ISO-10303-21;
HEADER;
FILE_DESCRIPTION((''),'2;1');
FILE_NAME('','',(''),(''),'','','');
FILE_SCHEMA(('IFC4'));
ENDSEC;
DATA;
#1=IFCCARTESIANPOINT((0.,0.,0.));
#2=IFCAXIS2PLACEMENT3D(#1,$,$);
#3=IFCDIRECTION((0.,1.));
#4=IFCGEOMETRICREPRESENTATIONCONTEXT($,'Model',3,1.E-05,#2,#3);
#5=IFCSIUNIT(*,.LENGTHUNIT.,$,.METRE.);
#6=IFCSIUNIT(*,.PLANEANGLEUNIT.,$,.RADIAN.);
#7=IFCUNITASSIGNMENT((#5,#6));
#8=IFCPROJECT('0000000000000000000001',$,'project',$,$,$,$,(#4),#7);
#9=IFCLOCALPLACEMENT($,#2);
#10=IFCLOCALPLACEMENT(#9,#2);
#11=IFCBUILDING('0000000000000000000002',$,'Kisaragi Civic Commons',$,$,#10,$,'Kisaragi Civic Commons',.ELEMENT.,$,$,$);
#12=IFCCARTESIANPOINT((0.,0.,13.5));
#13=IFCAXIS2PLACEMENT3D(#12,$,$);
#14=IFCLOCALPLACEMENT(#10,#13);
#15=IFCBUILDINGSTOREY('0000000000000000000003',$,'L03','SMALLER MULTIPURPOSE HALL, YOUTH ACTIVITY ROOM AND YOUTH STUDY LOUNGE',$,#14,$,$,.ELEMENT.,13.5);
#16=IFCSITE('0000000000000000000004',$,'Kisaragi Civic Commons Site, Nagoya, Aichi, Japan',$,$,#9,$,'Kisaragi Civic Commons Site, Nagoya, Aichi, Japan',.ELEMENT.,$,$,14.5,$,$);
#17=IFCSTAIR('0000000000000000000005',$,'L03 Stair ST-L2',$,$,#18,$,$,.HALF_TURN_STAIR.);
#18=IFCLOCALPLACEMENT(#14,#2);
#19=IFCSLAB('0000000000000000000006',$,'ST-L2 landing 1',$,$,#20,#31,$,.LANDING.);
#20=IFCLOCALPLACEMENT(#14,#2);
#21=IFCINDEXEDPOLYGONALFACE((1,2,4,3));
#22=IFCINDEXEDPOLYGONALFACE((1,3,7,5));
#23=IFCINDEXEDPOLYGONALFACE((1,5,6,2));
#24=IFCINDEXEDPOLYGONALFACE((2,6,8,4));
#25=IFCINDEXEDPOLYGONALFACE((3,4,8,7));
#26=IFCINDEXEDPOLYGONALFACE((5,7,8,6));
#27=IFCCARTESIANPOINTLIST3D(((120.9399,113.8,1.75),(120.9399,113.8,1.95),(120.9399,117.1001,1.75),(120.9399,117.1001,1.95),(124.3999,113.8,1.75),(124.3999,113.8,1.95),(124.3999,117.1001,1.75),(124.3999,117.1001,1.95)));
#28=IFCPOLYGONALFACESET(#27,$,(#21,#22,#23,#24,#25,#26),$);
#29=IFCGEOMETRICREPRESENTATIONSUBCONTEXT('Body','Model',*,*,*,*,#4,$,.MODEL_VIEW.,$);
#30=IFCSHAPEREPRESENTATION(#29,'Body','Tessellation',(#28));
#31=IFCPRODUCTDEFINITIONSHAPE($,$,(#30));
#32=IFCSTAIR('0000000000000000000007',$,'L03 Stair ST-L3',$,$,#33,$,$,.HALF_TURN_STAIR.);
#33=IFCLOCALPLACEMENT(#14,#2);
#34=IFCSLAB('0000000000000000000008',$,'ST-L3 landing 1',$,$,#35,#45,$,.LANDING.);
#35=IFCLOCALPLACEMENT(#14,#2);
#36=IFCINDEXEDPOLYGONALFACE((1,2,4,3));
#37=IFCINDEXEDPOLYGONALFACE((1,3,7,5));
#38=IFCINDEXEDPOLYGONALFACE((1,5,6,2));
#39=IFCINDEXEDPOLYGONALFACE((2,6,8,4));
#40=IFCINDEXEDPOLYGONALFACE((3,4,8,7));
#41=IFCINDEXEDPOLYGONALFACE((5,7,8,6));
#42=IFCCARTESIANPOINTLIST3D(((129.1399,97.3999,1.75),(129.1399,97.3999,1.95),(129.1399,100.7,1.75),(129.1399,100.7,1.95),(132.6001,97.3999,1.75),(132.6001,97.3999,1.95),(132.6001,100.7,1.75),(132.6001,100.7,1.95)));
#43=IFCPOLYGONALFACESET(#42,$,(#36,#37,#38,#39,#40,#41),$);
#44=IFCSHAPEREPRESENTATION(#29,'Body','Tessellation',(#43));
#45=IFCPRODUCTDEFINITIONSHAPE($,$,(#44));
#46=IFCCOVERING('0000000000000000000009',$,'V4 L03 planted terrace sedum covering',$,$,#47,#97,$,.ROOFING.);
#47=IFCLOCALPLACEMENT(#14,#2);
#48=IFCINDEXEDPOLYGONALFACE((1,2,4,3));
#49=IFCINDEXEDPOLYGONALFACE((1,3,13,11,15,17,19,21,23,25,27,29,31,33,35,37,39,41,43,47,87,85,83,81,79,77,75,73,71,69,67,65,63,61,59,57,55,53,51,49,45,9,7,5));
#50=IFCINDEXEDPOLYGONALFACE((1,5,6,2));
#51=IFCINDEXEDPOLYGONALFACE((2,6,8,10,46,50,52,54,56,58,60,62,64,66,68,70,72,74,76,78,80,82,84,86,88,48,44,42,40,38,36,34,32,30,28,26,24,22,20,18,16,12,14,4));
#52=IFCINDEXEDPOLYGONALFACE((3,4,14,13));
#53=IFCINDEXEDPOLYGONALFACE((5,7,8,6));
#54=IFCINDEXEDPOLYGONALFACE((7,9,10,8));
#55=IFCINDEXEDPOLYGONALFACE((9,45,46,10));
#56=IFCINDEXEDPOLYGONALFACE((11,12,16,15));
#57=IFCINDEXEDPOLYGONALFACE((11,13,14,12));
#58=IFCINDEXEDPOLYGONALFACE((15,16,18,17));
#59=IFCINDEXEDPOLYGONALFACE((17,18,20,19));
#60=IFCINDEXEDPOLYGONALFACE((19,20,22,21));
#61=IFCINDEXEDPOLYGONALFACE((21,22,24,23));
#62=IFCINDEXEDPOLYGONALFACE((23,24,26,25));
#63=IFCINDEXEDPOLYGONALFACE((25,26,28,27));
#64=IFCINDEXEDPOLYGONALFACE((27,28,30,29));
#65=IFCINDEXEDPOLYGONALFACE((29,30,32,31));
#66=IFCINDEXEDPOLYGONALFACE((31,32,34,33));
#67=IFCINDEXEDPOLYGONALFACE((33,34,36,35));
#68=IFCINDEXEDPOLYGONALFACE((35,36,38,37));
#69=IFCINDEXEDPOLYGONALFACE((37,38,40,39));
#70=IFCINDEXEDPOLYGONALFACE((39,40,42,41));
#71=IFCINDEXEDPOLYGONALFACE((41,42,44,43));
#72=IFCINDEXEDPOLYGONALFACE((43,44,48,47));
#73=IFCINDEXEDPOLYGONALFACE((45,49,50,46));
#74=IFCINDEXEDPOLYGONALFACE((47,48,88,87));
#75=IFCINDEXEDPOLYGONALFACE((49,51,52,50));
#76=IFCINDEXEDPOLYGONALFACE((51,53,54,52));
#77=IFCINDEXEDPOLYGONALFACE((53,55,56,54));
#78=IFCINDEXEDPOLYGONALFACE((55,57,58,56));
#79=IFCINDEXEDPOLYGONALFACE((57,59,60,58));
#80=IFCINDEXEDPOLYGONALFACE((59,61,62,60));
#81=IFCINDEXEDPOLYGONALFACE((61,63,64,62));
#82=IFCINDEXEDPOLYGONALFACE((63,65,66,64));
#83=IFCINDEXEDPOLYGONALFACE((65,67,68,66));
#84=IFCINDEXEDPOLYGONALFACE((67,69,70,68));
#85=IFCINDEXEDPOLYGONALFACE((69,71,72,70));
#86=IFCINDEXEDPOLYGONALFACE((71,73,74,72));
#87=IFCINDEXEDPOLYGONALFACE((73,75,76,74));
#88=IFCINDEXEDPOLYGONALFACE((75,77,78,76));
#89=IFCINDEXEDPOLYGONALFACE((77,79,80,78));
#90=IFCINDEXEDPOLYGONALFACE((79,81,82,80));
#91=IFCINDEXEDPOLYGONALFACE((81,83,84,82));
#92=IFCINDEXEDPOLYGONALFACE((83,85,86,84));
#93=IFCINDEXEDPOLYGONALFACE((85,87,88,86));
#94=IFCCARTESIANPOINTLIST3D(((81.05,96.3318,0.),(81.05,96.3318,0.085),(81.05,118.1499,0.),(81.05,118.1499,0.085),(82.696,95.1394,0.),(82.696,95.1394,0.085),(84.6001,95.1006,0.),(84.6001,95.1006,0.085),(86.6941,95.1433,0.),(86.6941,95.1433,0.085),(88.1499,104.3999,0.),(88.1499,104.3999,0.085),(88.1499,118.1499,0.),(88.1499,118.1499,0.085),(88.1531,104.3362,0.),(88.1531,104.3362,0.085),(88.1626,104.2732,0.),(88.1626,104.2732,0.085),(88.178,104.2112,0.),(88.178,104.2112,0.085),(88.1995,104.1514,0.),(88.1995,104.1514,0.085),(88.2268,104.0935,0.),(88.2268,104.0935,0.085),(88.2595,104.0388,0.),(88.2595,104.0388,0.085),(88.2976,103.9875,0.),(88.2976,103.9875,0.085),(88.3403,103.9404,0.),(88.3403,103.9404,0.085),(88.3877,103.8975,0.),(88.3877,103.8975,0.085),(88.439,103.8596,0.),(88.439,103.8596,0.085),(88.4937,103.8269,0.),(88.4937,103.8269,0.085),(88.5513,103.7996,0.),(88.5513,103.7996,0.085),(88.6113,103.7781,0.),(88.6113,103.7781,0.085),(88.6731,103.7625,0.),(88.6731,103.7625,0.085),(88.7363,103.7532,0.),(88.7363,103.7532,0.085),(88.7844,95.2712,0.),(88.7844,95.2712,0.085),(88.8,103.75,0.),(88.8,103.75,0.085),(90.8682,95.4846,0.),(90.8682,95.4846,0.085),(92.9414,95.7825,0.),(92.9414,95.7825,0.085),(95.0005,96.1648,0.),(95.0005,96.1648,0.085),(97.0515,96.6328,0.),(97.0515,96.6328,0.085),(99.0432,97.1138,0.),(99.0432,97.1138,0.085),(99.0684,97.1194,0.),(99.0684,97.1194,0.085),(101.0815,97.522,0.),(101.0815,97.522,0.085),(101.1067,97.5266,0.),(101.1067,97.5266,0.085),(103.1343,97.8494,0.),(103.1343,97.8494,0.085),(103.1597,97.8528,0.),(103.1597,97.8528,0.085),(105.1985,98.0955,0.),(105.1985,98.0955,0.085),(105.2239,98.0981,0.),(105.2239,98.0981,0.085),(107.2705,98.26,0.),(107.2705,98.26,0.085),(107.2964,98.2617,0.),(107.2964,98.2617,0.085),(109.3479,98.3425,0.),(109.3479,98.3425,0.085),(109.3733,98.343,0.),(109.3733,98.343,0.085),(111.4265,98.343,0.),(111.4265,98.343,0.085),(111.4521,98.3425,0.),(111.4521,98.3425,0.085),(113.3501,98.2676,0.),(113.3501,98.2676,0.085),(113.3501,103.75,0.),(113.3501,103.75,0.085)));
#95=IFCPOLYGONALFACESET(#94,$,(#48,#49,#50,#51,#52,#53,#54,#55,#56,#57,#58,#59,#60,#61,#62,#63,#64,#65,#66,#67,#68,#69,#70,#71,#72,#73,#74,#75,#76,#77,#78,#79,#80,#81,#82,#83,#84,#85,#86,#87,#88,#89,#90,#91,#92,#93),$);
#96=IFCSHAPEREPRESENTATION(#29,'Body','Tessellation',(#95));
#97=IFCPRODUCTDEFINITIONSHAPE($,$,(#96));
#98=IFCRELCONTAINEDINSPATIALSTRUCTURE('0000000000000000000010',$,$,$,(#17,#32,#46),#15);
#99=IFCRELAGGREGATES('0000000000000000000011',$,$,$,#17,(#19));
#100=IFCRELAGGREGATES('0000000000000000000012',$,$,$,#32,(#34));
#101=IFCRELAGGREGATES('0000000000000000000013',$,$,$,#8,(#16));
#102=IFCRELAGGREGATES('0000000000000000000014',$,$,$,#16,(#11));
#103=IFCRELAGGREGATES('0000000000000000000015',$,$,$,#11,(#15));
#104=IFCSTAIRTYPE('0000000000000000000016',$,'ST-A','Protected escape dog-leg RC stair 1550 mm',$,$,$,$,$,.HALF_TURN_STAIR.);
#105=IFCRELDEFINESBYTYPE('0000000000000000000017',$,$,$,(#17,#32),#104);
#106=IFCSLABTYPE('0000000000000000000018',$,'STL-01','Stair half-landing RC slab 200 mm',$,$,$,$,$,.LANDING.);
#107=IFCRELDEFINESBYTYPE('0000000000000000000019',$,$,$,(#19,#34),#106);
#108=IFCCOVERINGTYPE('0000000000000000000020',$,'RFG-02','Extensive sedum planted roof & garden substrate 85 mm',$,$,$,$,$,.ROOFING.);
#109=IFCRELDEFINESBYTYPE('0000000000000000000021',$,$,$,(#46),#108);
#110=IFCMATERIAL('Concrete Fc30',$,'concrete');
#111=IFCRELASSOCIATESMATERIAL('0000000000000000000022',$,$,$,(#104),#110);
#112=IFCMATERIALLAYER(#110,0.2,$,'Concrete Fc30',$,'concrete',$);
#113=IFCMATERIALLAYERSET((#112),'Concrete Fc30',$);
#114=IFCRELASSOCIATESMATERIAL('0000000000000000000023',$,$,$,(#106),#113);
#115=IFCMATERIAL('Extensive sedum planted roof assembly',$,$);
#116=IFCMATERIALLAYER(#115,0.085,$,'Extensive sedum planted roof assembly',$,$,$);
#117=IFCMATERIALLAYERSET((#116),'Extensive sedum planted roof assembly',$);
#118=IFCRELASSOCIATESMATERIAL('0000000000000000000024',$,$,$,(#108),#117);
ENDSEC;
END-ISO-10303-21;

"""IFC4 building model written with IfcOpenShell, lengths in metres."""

from ifc_helpers import new_model, si_unit, direction, frame, origin, place, context, subcontext, project, spatial, polyline, outline, extrude, material, layer, layer_set, type_object, element, aggregate, save


model = new_model("IFC4")

# Units and contexts
model_context = context("Model", 3, precision=1e-05, world=origin(), true_north=direction((0.0, 1.0)))
body_context = subcontext(model_context, "Body", "Model", "MODEL_VIEW")
ifc_project = project(units=[si_unit("LENGTHUNIT", "METRE"), si_unit("PLANEANGLEUNIT", "RADIAN")], contexts=[model_context])

# Site, building, storey
site_placement = place(None, origin())
site = spatial("IfcSite", under=ifc_project, at=site_placement, Name="Kisaragi Civic Commons Site, Nagoya, Aichi, Japan", LongName="Kisaragi Civic Commons Site, Nagoya, Aichi, Japan", CompositionType="ELEMENT", RefElevation=14.5)
building_placement = place(site_placement, origin())
building = spatial("IfcBuilding", under=site, at=building_placement, Name="Kisaragi Civic Commons", LongName="Kisaragi Civic Commons", CompositionType="ELEMENT")
storey_placement = place(building_placement, frame((0.0, 0.0, 13.5)))
storey = spatial("IfcBuildingStorey", under=building, at=storey_placement, Name="L03", Description="SMALLER MULTIPURPOSE HALL, YOUTH ACTIVITY ROOM AND YOUTH STUDY LOUNGE", CompositionType="ELEMENT", Elevation=13.5)

# Shared definitions
ifc_material_1 = material(Name="Concrete Fc30", Category="concrete")

# Stairs, slabs
stair_type = type_object("IfcStairType", Name="ST-A", Description="Protected escape dog-leg RC stair 1550 mm", PredefinedType="HALF_TURN_STAIR", material=ifc_material_1)
ifc_layer_1 = layer(ifc_material_1, 0.2, Name="Concrete Fc30", Category="concrete")
ifc_layer_set_1 = layer_set([ifc_layer_1], Name="Concrete Fc30")
slab_type_1 = type_object("IfcSlabType", Name="STL-01", Description="Stair half-landing RC slab 200 mm", PredefinedType="LANDING", material=ifc_layer_set_1)
stair_1_placement = place(storey_placement, origin())
stair_1 = element("IfcStair", 1, at=stair_1_placement, inside=storey, type_object=stair_type, Name="L03 Stair ST-L2", PredefinedType="HALF_TURN_STAIR")
slab_1_placement = place(storey_placement, frame((0.0, 0.0, 1.75)))
slab_1 = element("IfcSlab", 2, at=slab_1_placement, type_object=slab_type_1, Name="ST-L2 landing 1", PredefinedType="LANDING", context=body_context, shape_type="SweptSolid", body=[
    extrude(outline(polyline([(120.9399, 113.8), (124.3999, 113.8), (124.3999, 117.1001), (120.9399, 117.1001), (120.9399, 113.8)])), origin(), (0.0, 0.0, 1.0), 0.2),
])
aggregate(stair_1, [slab_1])
stair_2_placement = place(storey_placement, origin())
stair_2 = element("IfcStair", 3, at=stair_2_placement, inside=storey, type_object=stair_type, Name="L03 Stair ST-L3", PredefinedType="HALF_TURN_STAIR")
slab_2_placement = place(storey_placement, frame((0.0, 0.0, 1.75)))
slab_2 = element("IfcSlab", 4, at=slab_2_placement, type_object=slab_type_1, Name="ST-L3 landing 1", PredefinedType="LANDING", context=body_context, shape_type="SweptSolid", body=[
    extrude(outline(polyline([(129.1399, 97.3999), (132.6001, 97.3999), (132.6001, 100.7), (129.1399, 100.7), (129.1399, 97.3999)])), origin(), (0.0, 0.0, 1.0), 0.2),
])
aggregate(stair_2, [slab_2])

# Covering
ifc_material_2 = material(Name="Extensive sedum planted roof assembly")
ifc_layer_2 = layer(ifc_material_2, 0.085, Name="Extensive sedum planted roof assembly")
ifc_layer_set_2 = layer_set([ifc_layer_2], Name="Extensive sedum planted roof assembly")
covering_type = type_object("IfcCoveringType", Name="RFG-02", Description="Extensive sedum planted roof & garden substrate 85 mm", PredefinedType="ROOFING", material=ifc_layer_set_2)
covering_placement = place(storey_placement, origin())
element("IfcCovering", 5, at=covering_placement, inside=storey, type_object=covering_type, Name="V4 L03 planted terrace sedum covering", PredefinedType="ROOFING", context=body_context, shape_type="SweptSolid", body=[
    extrude(outline(polyline([(81.05, 96.3318), (81.05, 118.1499), (88.1499, 118.1499), (88.1499, 104.3999), (88.1531, 104.3362), (88.1626, 104.2732), (88.178, 104.2112), (88.1995, 104.1514), (88.2268, 104.0935), (88.2595, 104.0388), (88.2976, 103.9875), (88.3403, 103.9404), (88.3877, 103.8975), (88.439, 103.8596), (88.4937, 103.8269), (88.5513, 103.7996), (88.6113, 103.7781), (88.6731, 103.7625), (88.7363, 103.7532), (88.8, 103.75), (113.3501, 103.75), (113.3501, 98.2676), (111.4521, 98.3425), (111.4265, 98.343), (109.3733, 98.343), (109.3479, 98.3425), (107.2964, 98.2617), (107.2705, 98.26), (105.2239, 98.0981), (105.1985, 98.0955), (103.1597, 97.8528), (103.1343, 97.8494), (101.1067, 97.5266), (101.0815, 97.522), (99.0684, 97.1194), (99.0432, 97.1138), (97.0515, 96.6328), (95.0005, 96.1648), (92.9414, 95.7825), (90.8682, 95.4846), (88.7844, 95.2712), (86.6941, 95.1433), (84.6001, 95.1006), (82.696, 95.1394), (81.05, 96.3318)])), origin(), (0.0, 0.0, 1.0), 0.085),
])

save(model, "model.ifc")
